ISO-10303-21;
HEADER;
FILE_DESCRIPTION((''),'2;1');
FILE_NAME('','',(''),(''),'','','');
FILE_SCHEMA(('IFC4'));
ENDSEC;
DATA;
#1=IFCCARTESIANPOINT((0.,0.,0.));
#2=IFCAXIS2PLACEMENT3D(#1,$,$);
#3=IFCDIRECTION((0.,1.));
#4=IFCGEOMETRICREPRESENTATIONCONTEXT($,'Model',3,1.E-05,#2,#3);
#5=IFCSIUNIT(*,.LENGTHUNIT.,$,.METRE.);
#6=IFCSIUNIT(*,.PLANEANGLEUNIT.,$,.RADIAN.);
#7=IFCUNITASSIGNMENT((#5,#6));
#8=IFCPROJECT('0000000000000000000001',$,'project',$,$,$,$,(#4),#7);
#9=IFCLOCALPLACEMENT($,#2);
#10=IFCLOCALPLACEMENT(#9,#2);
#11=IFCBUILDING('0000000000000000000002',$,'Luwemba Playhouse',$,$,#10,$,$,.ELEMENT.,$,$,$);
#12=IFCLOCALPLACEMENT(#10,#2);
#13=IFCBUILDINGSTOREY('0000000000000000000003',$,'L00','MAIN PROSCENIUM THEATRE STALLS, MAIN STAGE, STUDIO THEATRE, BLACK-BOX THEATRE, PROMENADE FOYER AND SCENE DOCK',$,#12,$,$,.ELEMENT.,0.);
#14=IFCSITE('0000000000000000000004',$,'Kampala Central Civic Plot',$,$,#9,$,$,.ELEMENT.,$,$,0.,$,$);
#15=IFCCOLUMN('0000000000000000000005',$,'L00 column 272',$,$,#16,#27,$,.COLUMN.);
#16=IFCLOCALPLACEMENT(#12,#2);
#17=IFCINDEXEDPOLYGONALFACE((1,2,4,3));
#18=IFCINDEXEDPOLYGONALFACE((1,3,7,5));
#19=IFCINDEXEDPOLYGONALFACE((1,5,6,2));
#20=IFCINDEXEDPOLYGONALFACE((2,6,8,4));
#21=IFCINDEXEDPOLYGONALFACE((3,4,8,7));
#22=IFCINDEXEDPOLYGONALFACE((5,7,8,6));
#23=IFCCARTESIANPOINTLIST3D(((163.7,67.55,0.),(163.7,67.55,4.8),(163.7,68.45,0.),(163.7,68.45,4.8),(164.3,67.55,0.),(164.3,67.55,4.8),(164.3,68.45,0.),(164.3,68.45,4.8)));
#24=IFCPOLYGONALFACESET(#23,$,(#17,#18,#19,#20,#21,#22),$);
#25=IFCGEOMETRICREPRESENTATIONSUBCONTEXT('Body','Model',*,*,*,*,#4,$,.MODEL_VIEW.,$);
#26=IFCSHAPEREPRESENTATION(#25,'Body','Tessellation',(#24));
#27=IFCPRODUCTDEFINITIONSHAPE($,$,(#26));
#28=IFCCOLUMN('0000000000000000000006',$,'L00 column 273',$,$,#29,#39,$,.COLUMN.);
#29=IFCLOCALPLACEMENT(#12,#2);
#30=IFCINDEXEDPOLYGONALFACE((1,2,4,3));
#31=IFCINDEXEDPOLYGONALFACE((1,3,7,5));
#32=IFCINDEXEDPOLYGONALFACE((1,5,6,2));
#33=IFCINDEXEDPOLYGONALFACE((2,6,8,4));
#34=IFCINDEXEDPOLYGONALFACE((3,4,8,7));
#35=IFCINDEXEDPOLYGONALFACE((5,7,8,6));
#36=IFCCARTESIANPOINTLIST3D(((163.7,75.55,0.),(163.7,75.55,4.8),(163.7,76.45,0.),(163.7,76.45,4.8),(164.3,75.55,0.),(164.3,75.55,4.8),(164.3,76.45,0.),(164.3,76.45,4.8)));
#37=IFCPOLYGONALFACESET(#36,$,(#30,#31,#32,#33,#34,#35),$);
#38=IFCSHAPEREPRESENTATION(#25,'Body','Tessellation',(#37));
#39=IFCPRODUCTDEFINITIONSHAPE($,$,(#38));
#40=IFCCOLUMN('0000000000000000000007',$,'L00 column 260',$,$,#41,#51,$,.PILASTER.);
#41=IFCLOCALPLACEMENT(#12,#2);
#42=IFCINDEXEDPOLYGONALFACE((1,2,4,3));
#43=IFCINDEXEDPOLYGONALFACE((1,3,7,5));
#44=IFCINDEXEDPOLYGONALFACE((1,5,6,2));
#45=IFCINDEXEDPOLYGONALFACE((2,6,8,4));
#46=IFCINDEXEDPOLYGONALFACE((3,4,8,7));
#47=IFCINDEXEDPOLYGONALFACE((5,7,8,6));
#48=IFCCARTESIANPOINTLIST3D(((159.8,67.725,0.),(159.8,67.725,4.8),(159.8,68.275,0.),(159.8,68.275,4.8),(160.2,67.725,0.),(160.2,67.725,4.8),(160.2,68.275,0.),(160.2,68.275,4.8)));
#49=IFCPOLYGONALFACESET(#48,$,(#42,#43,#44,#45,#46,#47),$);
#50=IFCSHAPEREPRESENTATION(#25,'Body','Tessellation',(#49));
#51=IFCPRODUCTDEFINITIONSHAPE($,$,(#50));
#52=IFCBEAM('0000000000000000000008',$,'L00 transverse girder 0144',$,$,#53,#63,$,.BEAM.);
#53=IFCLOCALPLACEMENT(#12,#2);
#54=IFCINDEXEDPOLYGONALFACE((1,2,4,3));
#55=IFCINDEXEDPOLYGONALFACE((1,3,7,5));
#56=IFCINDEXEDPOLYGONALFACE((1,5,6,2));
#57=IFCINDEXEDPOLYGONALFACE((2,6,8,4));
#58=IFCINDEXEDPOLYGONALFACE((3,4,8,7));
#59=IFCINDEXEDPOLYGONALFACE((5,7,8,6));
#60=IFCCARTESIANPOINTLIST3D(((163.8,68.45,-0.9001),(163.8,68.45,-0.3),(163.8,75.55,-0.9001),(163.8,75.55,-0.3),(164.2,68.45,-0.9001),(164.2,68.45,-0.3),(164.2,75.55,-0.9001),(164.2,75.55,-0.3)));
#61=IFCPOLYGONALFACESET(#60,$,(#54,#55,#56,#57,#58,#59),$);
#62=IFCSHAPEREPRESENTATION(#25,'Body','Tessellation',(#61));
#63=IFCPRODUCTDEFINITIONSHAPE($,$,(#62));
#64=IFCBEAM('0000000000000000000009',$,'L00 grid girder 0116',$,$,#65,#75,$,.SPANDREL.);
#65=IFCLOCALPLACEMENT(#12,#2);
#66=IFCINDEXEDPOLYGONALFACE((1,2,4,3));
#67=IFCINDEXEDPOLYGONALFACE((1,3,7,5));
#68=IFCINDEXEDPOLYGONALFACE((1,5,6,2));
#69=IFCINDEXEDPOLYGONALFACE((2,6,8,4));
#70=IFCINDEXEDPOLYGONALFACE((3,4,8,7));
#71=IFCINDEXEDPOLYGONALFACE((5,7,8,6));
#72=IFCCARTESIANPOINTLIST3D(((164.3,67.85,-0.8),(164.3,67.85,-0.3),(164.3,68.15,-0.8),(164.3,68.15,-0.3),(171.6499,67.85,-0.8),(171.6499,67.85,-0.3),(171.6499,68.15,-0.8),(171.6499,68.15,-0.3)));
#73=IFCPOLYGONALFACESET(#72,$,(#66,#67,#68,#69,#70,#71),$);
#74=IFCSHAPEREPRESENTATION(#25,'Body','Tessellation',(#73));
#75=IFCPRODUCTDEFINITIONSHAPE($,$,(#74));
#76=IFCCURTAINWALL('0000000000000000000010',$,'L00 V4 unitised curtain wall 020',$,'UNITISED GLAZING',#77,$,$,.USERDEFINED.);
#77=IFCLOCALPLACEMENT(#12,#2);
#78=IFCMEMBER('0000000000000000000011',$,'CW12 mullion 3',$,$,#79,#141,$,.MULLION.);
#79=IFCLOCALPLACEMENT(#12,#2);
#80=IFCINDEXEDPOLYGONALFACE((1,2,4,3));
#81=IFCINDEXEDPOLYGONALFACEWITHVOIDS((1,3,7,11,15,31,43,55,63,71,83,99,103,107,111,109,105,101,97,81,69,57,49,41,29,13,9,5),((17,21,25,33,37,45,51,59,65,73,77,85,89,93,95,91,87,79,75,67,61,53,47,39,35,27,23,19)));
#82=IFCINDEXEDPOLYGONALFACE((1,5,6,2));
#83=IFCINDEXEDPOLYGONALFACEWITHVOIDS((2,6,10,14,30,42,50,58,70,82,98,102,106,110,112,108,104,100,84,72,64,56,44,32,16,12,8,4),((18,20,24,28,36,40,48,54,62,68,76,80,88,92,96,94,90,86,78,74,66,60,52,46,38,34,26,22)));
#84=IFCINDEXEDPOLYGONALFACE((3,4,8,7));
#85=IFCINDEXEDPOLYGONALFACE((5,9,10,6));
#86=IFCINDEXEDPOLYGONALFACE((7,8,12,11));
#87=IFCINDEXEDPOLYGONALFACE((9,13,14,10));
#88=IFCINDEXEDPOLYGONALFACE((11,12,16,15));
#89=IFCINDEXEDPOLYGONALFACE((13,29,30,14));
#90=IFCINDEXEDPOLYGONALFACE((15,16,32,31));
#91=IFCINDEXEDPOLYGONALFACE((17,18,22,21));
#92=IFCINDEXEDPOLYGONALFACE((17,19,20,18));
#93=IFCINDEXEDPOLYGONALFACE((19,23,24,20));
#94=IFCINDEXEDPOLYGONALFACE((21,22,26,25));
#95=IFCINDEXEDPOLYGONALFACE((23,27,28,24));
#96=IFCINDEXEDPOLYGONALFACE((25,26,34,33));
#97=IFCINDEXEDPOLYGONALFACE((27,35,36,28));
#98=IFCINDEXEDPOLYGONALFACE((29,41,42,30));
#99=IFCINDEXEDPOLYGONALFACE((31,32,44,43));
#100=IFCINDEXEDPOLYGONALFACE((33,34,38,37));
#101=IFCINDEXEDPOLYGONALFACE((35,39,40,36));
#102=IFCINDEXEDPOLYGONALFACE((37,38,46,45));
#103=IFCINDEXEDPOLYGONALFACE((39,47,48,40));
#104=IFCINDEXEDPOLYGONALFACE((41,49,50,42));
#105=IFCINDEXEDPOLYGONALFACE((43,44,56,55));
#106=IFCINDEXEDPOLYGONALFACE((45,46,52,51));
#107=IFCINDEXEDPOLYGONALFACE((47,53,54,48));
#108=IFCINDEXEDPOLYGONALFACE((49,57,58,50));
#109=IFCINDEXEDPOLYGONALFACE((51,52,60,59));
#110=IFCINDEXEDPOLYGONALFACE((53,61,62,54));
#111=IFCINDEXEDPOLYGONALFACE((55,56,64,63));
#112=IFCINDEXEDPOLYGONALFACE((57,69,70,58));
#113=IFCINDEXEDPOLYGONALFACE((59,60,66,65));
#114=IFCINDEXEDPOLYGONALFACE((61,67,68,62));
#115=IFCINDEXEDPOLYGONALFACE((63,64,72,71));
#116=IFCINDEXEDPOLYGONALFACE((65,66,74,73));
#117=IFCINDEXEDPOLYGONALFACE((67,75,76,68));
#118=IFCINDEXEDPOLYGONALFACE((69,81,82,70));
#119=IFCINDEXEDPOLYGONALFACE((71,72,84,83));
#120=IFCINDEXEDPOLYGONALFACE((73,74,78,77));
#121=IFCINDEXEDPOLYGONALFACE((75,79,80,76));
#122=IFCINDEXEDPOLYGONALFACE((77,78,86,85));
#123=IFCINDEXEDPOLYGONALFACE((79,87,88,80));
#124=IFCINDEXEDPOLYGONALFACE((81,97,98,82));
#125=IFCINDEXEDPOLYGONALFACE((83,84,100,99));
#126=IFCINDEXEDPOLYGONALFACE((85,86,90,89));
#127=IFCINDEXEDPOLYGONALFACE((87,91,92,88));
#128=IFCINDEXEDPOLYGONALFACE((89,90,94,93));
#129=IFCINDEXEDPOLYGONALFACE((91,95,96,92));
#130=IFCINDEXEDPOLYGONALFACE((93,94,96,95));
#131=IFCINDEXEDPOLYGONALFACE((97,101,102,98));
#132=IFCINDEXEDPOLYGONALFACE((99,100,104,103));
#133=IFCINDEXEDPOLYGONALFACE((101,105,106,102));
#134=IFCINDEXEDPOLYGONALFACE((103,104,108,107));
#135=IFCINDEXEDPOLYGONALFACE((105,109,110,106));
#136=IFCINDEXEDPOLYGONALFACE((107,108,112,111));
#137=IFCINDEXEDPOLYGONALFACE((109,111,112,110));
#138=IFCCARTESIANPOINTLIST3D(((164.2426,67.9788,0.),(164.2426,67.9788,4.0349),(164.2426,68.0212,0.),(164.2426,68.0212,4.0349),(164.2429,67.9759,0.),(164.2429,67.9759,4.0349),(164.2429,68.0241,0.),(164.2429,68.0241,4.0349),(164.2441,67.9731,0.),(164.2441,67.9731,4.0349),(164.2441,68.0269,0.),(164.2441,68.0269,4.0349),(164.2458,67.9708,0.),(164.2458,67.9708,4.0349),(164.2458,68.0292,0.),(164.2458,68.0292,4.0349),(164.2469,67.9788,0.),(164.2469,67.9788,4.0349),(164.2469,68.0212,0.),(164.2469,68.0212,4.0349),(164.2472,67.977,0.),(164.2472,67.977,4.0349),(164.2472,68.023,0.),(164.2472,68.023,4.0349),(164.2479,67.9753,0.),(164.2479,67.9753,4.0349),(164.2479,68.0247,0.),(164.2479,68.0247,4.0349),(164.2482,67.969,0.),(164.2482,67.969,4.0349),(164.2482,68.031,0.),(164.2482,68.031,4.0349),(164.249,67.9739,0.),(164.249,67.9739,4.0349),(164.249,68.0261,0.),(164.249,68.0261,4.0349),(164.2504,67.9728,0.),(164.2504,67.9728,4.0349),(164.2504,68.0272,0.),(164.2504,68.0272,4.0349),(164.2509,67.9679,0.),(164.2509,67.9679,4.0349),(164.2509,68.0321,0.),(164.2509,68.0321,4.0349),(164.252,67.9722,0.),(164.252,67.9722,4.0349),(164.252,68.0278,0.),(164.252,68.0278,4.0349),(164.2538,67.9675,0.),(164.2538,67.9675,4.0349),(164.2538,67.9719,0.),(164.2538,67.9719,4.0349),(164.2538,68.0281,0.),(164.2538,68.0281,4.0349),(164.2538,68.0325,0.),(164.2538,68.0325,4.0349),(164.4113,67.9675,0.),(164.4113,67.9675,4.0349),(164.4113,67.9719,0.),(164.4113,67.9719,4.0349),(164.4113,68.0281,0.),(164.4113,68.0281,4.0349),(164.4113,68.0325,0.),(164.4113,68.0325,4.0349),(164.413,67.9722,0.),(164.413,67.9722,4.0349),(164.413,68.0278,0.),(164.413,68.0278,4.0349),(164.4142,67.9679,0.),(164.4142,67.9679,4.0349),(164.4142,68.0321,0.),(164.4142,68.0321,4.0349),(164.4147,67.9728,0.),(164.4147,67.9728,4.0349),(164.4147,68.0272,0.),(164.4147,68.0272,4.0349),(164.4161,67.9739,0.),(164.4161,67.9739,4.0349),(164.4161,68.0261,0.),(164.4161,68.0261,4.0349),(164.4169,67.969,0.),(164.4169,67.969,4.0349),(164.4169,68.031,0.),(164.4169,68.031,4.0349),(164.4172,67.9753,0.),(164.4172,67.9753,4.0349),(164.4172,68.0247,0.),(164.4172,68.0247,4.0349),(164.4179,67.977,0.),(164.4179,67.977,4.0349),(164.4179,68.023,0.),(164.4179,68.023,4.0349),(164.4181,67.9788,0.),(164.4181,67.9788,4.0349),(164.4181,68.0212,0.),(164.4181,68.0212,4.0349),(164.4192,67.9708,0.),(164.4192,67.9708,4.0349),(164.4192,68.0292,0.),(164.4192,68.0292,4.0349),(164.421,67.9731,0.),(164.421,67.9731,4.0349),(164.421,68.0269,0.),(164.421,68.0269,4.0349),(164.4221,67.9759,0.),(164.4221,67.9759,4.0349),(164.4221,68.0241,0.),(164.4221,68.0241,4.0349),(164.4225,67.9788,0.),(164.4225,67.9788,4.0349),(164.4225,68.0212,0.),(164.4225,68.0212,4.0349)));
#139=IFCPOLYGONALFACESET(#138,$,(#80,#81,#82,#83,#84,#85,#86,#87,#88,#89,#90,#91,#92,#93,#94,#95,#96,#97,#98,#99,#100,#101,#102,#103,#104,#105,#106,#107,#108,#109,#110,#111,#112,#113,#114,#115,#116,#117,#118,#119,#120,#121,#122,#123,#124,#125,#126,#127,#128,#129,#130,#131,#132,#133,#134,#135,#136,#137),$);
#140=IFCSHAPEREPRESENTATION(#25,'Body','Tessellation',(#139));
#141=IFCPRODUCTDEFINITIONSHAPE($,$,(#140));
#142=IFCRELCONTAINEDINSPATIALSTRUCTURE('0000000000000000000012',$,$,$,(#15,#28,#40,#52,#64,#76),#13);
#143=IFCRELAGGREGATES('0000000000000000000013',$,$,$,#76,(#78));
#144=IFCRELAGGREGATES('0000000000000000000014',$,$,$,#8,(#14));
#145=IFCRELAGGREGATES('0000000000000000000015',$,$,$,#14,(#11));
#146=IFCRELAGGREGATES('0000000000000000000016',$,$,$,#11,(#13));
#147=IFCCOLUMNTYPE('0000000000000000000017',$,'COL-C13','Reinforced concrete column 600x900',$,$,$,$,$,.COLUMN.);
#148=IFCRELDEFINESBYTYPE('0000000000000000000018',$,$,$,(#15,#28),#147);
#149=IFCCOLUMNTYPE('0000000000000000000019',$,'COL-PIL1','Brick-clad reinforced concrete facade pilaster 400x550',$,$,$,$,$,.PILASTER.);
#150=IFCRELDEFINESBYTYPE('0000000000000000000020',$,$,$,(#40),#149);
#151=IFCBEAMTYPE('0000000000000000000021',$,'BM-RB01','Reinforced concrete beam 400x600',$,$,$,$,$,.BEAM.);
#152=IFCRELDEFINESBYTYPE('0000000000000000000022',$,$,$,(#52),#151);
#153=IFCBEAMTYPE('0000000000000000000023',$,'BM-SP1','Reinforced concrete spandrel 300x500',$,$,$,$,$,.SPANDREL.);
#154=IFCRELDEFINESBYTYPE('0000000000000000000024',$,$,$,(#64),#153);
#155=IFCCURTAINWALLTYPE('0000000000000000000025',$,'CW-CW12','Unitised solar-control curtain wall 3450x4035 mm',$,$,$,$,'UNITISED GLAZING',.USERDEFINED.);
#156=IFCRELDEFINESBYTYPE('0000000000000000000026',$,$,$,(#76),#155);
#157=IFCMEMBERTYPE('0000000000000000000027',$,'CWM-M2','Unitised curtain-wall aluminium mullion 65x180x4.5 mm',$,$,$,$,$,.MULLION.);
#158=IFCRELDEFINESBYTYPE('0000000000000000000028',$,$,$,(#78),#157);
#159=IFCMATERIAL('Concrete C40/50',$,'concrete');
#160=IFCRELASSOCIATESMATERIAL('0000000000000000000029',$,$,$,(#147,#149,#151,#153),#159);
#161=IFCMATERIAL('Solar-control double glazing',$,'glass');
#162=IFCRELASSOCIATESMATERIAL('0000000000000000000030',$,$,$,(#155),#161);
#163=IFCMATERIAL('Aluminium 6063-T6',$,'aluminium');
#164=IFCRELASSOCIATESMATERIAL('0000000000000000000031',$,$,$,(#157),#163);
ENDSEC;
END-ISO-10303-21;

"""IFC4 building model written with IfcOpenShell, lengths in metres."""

from ifc_helpers import new_model, si_unit, direction, frame, origin, origin_2d, place, context, subcontext, project, spatial, rectangle, hollow_rectangle, extrude, material, material_profile, profile_set, type_object, element, aggregate, save


model = new_model("IFC4")

# Units and contexts
model_context = context("Model", 3, precision=1e-05, world=origin(), true_north=direction((0.0, 1.0)))
body_context = subcontext(model_context, "Body", "Model", "MODEL_VIEW")
ifc_project = project(units=[si_unit("LENGTHUNIT", "METRE"), si_unit("PLANEANGLEUNIT", "RADIAN")], contexts=[model_context])

# Site, building, storey
site_placement = place(None, origin())
site = spatial("IfcSite", under=ifc_project, at=site_placement, Name="Kampala Central Civic Plot", CompositionType="ELEMENT", RefElevation=0.0)
building_placement = place(site_placement, origin())
building = spatial("IfcBuilding", under=site, at=building_placement, Name="Luwemba Playhouse", CompositionType="ELEMENT")
storey_placement = place(building_placement, origin())
storey = spatial("IfcBuildingStorey", under=building, at=storey_placement, Name="L00", Description="MAIN PROSCENIUM THEATRE STALLS, MAIN STAGE, STUDIO THEATRE, BLACK-BOX THEATRE, PROMENADE FOYER AND SCENE DOCK", CompositionType="ELEMENT", Elevation=0.0)

# Columns
ifc_material_1 = material(Name="Concrete C40/50", Category="concrete")
ifc_material_profile_1 = material_profile(ifc_material_1, rectangle(XDim=0.6001, YDim=0.8999, at=origin_2d()))
ifc_profile_set_1 = profile_set([ifc_material_profile_1], Name="Concrete C40/50")
column_type_1 = type_object("IfcColumnType", Name="COL-C13", Description="Reinforced concrete column 600x900", PredefinedType="COLUMN", material=ifc_profile_set_1)
for number, where, z_axis, x_axis, name in (
    (1, (164.0, 68.0, 0.0), (0.0, 0.0, 1.0), (1.0, 0.0, 0.0), "L00 column 272"),
    (2, (164.0, 76.0, 0.0), (0.0, 0.0, 1.0), (1.0, 0.0, 0.0), "L00 column 273"),
):
    element("IfcColumn", number, at=place(storey_placement, frame(where, z_axis=z_axis, x_axis=x_axis)), inside=storey, type_object=column_type_1, Name=name, PredefinedType="COLUMN", context=body_context, shape_type="SweptSolid", body=[
        extrude(rectangle(XDim=0.6001, YDim=0.8999, at=origin_2d()), origin(), (0.0, 0.0, 1.0), 4.8),
    ])
ifc_material_profile_2 = material_profile(ifc_material_1, rectangle(XDim=0.3999, YDim=0.55, at=origin_2d()))
ifc_profile_set_2 = profile_set([ifc_material_profile_2], Name="Concrete C40/50")
column_type_2 = type_object("IfcColumnType", Name="COL-PIL1", Description="Brick-clad reinforced concrete facade pilaster 400x550", PredefinedType="PILASTER", material=ifc_profile_set_2)
column_placement = place(storey_placement, frame((160.0, 68.0, 0.0), z_axis=(0.0, 0.0, 1.0), x_axis=(1.0, 0.0, 0.0)))
element("IfcColumn", 3, at=column_placement, inside=storey, type_object=column_type_2, Name="L00 column 260", PredefinedType="PILASTER", context=body_context, shape_type="SweptSolid", body=[
    extrude(rectangle(XDim=0.3999, YDim=0.55, at=origin_2d()), origin(), (0.0, 0.0, 1.0), 4.8),
])

# Beams
ifc_material_profile_3 = material_profile(ifc_material_1, rectangle(XDim=0.3999, YDim=0.6001, at=origin_2d()))
ifc_profile_set_3 = profile_set([ifc_material_profile_3], Name="Concrete C40/50")
beam_type_1 = type_object("IfcBeamType", Name="BM-RB01", Description="Reinforced concrete beam 400x600", PredefinedType="BEAM", material=ifc_profile_set_3)
beam_1_placement = place(storey_placement, frame((164.0, 68.45, -0.6001), z_axis=(0.0, 1.0, 0.0), x_axis=(-1.0, 0.0, 0.0)))
element("IfcBeam", 4, at=beam_1_placement, inside=storey, type_object=beam_type_1, Name="L00 transverse girder 0144", PredefinedType="BEAM", context=body_context, shape_type="SweptSolid", body=[
    extrude(rectangle(XDim=0.3999, YDim=0.6001, at=origin_2d()), origin(), (0.0, 0.0, 1.0), 7.1001),
])
ifc_material_profile_4 = material_profile(ifc_material_1, rectangle(XDim=0.3, YDim=0.5, at=origin_2d()))
ifc_profile_set_4 = profile_set([ifc_material_profile_4], Name="Concrete C40/50")
beam_type_2 = type_object("IfcBeamType", Name="BM-SP1", Description="Reinforced concrete spandrel 300x500", PredefinedType="SPANDREL", material=ifc_profile_set_4)
beam_2_placement = place(storey_placement, frame((164.3, 68.0, -0.55), z_axis=(1.0, 0.0, 0.0), x_axis=(0.0, 1.0, 0.0)))
element("IfcBeam", 5, at=beam_2_placement, inside=storey, type_object=beam_type_2, Name="L00 grid girder 0116", PredefinedType="SPANDREL", context=body_context, shape_type="SweptSolid", body=[
    extrude(rectangle(XDim=0.3, YDim=0.5, at=origin_2d()), origin(), (0.0, 0.0, 1.0), 7.3499),
])

# Curtain wall, member
ifc_material_2 = material(Name="Solar-control double glazing", Category="glass")
curtain_wall_type_1 = type_object("IfcCurtainWallType", Name="CW-CW12", Description="Unitised solar-control curtain wall 3450x4035 mm", ElementType="UNITISED GLAZING", PredefinedType="USERDEFINED", material=ifc_material_2)
curtain_wall_1_placement = place(storey_placement, origin())
curtain_wall_1 = element("IfcCurtainWall", 6, at=curtain_wall_1_placement, inside=storey, type_object=curtain_wall_type_1, Name="L00 V4 unitised curtain wall 020", ObjectType="UNITISED GLAZING", PredefinedType="USERDEFINED")
ifc_material_3 = material(Name="Aluminium 6063-T6", Category="aluminium")
ifc_material_profile_5 = material_profile(ifc_material_3, hollow_rectangle(XDim=0.0649, YDim=0.1799, WallThickness=0.0044, InnerFilletRadius=0.0068, OuterFilletRadius=0.0112, at=origin_2d()))
ifc_profile_set_5 = profile_set([ifc_material_profile_5], Name="Aluminium 6063-T6")
member_type_1 = type_object("IfcMemberType", Name="CWM-M2", Description="Unitised curtain-wall aluminium mullion 65x180x4.5 mm", PredefinedType="MULLION", material=ifc_profile_set_5)
member_1_placement = place(storey_placement, frame((164.3325, 68.0, 0.0), z_axis=(0.0, 0.0, 1.0), x_axis=(0.0, -1.0, 0.0)))
member_1 = element("IfcMember", 7, at=member_1_placement, type_object=member_type_1, Name="CW12 mullion 3", PredefinedType="MULLION", context=body_context, shape_type="SweptSolid", body=[
    extrude(hollow_rectangle(XDim=0.0649, YDim=0.1799, WallThickness=0.0044, InnerFilletRadius=0.0068, OuterFilletRadius=0.0112, at=origin_2d()), origin(), (0.0, 0.0, 1.0), 4.0349),
])

aggregate(curtain_wall_1, [member_1])

save(model, "model.ifc")
